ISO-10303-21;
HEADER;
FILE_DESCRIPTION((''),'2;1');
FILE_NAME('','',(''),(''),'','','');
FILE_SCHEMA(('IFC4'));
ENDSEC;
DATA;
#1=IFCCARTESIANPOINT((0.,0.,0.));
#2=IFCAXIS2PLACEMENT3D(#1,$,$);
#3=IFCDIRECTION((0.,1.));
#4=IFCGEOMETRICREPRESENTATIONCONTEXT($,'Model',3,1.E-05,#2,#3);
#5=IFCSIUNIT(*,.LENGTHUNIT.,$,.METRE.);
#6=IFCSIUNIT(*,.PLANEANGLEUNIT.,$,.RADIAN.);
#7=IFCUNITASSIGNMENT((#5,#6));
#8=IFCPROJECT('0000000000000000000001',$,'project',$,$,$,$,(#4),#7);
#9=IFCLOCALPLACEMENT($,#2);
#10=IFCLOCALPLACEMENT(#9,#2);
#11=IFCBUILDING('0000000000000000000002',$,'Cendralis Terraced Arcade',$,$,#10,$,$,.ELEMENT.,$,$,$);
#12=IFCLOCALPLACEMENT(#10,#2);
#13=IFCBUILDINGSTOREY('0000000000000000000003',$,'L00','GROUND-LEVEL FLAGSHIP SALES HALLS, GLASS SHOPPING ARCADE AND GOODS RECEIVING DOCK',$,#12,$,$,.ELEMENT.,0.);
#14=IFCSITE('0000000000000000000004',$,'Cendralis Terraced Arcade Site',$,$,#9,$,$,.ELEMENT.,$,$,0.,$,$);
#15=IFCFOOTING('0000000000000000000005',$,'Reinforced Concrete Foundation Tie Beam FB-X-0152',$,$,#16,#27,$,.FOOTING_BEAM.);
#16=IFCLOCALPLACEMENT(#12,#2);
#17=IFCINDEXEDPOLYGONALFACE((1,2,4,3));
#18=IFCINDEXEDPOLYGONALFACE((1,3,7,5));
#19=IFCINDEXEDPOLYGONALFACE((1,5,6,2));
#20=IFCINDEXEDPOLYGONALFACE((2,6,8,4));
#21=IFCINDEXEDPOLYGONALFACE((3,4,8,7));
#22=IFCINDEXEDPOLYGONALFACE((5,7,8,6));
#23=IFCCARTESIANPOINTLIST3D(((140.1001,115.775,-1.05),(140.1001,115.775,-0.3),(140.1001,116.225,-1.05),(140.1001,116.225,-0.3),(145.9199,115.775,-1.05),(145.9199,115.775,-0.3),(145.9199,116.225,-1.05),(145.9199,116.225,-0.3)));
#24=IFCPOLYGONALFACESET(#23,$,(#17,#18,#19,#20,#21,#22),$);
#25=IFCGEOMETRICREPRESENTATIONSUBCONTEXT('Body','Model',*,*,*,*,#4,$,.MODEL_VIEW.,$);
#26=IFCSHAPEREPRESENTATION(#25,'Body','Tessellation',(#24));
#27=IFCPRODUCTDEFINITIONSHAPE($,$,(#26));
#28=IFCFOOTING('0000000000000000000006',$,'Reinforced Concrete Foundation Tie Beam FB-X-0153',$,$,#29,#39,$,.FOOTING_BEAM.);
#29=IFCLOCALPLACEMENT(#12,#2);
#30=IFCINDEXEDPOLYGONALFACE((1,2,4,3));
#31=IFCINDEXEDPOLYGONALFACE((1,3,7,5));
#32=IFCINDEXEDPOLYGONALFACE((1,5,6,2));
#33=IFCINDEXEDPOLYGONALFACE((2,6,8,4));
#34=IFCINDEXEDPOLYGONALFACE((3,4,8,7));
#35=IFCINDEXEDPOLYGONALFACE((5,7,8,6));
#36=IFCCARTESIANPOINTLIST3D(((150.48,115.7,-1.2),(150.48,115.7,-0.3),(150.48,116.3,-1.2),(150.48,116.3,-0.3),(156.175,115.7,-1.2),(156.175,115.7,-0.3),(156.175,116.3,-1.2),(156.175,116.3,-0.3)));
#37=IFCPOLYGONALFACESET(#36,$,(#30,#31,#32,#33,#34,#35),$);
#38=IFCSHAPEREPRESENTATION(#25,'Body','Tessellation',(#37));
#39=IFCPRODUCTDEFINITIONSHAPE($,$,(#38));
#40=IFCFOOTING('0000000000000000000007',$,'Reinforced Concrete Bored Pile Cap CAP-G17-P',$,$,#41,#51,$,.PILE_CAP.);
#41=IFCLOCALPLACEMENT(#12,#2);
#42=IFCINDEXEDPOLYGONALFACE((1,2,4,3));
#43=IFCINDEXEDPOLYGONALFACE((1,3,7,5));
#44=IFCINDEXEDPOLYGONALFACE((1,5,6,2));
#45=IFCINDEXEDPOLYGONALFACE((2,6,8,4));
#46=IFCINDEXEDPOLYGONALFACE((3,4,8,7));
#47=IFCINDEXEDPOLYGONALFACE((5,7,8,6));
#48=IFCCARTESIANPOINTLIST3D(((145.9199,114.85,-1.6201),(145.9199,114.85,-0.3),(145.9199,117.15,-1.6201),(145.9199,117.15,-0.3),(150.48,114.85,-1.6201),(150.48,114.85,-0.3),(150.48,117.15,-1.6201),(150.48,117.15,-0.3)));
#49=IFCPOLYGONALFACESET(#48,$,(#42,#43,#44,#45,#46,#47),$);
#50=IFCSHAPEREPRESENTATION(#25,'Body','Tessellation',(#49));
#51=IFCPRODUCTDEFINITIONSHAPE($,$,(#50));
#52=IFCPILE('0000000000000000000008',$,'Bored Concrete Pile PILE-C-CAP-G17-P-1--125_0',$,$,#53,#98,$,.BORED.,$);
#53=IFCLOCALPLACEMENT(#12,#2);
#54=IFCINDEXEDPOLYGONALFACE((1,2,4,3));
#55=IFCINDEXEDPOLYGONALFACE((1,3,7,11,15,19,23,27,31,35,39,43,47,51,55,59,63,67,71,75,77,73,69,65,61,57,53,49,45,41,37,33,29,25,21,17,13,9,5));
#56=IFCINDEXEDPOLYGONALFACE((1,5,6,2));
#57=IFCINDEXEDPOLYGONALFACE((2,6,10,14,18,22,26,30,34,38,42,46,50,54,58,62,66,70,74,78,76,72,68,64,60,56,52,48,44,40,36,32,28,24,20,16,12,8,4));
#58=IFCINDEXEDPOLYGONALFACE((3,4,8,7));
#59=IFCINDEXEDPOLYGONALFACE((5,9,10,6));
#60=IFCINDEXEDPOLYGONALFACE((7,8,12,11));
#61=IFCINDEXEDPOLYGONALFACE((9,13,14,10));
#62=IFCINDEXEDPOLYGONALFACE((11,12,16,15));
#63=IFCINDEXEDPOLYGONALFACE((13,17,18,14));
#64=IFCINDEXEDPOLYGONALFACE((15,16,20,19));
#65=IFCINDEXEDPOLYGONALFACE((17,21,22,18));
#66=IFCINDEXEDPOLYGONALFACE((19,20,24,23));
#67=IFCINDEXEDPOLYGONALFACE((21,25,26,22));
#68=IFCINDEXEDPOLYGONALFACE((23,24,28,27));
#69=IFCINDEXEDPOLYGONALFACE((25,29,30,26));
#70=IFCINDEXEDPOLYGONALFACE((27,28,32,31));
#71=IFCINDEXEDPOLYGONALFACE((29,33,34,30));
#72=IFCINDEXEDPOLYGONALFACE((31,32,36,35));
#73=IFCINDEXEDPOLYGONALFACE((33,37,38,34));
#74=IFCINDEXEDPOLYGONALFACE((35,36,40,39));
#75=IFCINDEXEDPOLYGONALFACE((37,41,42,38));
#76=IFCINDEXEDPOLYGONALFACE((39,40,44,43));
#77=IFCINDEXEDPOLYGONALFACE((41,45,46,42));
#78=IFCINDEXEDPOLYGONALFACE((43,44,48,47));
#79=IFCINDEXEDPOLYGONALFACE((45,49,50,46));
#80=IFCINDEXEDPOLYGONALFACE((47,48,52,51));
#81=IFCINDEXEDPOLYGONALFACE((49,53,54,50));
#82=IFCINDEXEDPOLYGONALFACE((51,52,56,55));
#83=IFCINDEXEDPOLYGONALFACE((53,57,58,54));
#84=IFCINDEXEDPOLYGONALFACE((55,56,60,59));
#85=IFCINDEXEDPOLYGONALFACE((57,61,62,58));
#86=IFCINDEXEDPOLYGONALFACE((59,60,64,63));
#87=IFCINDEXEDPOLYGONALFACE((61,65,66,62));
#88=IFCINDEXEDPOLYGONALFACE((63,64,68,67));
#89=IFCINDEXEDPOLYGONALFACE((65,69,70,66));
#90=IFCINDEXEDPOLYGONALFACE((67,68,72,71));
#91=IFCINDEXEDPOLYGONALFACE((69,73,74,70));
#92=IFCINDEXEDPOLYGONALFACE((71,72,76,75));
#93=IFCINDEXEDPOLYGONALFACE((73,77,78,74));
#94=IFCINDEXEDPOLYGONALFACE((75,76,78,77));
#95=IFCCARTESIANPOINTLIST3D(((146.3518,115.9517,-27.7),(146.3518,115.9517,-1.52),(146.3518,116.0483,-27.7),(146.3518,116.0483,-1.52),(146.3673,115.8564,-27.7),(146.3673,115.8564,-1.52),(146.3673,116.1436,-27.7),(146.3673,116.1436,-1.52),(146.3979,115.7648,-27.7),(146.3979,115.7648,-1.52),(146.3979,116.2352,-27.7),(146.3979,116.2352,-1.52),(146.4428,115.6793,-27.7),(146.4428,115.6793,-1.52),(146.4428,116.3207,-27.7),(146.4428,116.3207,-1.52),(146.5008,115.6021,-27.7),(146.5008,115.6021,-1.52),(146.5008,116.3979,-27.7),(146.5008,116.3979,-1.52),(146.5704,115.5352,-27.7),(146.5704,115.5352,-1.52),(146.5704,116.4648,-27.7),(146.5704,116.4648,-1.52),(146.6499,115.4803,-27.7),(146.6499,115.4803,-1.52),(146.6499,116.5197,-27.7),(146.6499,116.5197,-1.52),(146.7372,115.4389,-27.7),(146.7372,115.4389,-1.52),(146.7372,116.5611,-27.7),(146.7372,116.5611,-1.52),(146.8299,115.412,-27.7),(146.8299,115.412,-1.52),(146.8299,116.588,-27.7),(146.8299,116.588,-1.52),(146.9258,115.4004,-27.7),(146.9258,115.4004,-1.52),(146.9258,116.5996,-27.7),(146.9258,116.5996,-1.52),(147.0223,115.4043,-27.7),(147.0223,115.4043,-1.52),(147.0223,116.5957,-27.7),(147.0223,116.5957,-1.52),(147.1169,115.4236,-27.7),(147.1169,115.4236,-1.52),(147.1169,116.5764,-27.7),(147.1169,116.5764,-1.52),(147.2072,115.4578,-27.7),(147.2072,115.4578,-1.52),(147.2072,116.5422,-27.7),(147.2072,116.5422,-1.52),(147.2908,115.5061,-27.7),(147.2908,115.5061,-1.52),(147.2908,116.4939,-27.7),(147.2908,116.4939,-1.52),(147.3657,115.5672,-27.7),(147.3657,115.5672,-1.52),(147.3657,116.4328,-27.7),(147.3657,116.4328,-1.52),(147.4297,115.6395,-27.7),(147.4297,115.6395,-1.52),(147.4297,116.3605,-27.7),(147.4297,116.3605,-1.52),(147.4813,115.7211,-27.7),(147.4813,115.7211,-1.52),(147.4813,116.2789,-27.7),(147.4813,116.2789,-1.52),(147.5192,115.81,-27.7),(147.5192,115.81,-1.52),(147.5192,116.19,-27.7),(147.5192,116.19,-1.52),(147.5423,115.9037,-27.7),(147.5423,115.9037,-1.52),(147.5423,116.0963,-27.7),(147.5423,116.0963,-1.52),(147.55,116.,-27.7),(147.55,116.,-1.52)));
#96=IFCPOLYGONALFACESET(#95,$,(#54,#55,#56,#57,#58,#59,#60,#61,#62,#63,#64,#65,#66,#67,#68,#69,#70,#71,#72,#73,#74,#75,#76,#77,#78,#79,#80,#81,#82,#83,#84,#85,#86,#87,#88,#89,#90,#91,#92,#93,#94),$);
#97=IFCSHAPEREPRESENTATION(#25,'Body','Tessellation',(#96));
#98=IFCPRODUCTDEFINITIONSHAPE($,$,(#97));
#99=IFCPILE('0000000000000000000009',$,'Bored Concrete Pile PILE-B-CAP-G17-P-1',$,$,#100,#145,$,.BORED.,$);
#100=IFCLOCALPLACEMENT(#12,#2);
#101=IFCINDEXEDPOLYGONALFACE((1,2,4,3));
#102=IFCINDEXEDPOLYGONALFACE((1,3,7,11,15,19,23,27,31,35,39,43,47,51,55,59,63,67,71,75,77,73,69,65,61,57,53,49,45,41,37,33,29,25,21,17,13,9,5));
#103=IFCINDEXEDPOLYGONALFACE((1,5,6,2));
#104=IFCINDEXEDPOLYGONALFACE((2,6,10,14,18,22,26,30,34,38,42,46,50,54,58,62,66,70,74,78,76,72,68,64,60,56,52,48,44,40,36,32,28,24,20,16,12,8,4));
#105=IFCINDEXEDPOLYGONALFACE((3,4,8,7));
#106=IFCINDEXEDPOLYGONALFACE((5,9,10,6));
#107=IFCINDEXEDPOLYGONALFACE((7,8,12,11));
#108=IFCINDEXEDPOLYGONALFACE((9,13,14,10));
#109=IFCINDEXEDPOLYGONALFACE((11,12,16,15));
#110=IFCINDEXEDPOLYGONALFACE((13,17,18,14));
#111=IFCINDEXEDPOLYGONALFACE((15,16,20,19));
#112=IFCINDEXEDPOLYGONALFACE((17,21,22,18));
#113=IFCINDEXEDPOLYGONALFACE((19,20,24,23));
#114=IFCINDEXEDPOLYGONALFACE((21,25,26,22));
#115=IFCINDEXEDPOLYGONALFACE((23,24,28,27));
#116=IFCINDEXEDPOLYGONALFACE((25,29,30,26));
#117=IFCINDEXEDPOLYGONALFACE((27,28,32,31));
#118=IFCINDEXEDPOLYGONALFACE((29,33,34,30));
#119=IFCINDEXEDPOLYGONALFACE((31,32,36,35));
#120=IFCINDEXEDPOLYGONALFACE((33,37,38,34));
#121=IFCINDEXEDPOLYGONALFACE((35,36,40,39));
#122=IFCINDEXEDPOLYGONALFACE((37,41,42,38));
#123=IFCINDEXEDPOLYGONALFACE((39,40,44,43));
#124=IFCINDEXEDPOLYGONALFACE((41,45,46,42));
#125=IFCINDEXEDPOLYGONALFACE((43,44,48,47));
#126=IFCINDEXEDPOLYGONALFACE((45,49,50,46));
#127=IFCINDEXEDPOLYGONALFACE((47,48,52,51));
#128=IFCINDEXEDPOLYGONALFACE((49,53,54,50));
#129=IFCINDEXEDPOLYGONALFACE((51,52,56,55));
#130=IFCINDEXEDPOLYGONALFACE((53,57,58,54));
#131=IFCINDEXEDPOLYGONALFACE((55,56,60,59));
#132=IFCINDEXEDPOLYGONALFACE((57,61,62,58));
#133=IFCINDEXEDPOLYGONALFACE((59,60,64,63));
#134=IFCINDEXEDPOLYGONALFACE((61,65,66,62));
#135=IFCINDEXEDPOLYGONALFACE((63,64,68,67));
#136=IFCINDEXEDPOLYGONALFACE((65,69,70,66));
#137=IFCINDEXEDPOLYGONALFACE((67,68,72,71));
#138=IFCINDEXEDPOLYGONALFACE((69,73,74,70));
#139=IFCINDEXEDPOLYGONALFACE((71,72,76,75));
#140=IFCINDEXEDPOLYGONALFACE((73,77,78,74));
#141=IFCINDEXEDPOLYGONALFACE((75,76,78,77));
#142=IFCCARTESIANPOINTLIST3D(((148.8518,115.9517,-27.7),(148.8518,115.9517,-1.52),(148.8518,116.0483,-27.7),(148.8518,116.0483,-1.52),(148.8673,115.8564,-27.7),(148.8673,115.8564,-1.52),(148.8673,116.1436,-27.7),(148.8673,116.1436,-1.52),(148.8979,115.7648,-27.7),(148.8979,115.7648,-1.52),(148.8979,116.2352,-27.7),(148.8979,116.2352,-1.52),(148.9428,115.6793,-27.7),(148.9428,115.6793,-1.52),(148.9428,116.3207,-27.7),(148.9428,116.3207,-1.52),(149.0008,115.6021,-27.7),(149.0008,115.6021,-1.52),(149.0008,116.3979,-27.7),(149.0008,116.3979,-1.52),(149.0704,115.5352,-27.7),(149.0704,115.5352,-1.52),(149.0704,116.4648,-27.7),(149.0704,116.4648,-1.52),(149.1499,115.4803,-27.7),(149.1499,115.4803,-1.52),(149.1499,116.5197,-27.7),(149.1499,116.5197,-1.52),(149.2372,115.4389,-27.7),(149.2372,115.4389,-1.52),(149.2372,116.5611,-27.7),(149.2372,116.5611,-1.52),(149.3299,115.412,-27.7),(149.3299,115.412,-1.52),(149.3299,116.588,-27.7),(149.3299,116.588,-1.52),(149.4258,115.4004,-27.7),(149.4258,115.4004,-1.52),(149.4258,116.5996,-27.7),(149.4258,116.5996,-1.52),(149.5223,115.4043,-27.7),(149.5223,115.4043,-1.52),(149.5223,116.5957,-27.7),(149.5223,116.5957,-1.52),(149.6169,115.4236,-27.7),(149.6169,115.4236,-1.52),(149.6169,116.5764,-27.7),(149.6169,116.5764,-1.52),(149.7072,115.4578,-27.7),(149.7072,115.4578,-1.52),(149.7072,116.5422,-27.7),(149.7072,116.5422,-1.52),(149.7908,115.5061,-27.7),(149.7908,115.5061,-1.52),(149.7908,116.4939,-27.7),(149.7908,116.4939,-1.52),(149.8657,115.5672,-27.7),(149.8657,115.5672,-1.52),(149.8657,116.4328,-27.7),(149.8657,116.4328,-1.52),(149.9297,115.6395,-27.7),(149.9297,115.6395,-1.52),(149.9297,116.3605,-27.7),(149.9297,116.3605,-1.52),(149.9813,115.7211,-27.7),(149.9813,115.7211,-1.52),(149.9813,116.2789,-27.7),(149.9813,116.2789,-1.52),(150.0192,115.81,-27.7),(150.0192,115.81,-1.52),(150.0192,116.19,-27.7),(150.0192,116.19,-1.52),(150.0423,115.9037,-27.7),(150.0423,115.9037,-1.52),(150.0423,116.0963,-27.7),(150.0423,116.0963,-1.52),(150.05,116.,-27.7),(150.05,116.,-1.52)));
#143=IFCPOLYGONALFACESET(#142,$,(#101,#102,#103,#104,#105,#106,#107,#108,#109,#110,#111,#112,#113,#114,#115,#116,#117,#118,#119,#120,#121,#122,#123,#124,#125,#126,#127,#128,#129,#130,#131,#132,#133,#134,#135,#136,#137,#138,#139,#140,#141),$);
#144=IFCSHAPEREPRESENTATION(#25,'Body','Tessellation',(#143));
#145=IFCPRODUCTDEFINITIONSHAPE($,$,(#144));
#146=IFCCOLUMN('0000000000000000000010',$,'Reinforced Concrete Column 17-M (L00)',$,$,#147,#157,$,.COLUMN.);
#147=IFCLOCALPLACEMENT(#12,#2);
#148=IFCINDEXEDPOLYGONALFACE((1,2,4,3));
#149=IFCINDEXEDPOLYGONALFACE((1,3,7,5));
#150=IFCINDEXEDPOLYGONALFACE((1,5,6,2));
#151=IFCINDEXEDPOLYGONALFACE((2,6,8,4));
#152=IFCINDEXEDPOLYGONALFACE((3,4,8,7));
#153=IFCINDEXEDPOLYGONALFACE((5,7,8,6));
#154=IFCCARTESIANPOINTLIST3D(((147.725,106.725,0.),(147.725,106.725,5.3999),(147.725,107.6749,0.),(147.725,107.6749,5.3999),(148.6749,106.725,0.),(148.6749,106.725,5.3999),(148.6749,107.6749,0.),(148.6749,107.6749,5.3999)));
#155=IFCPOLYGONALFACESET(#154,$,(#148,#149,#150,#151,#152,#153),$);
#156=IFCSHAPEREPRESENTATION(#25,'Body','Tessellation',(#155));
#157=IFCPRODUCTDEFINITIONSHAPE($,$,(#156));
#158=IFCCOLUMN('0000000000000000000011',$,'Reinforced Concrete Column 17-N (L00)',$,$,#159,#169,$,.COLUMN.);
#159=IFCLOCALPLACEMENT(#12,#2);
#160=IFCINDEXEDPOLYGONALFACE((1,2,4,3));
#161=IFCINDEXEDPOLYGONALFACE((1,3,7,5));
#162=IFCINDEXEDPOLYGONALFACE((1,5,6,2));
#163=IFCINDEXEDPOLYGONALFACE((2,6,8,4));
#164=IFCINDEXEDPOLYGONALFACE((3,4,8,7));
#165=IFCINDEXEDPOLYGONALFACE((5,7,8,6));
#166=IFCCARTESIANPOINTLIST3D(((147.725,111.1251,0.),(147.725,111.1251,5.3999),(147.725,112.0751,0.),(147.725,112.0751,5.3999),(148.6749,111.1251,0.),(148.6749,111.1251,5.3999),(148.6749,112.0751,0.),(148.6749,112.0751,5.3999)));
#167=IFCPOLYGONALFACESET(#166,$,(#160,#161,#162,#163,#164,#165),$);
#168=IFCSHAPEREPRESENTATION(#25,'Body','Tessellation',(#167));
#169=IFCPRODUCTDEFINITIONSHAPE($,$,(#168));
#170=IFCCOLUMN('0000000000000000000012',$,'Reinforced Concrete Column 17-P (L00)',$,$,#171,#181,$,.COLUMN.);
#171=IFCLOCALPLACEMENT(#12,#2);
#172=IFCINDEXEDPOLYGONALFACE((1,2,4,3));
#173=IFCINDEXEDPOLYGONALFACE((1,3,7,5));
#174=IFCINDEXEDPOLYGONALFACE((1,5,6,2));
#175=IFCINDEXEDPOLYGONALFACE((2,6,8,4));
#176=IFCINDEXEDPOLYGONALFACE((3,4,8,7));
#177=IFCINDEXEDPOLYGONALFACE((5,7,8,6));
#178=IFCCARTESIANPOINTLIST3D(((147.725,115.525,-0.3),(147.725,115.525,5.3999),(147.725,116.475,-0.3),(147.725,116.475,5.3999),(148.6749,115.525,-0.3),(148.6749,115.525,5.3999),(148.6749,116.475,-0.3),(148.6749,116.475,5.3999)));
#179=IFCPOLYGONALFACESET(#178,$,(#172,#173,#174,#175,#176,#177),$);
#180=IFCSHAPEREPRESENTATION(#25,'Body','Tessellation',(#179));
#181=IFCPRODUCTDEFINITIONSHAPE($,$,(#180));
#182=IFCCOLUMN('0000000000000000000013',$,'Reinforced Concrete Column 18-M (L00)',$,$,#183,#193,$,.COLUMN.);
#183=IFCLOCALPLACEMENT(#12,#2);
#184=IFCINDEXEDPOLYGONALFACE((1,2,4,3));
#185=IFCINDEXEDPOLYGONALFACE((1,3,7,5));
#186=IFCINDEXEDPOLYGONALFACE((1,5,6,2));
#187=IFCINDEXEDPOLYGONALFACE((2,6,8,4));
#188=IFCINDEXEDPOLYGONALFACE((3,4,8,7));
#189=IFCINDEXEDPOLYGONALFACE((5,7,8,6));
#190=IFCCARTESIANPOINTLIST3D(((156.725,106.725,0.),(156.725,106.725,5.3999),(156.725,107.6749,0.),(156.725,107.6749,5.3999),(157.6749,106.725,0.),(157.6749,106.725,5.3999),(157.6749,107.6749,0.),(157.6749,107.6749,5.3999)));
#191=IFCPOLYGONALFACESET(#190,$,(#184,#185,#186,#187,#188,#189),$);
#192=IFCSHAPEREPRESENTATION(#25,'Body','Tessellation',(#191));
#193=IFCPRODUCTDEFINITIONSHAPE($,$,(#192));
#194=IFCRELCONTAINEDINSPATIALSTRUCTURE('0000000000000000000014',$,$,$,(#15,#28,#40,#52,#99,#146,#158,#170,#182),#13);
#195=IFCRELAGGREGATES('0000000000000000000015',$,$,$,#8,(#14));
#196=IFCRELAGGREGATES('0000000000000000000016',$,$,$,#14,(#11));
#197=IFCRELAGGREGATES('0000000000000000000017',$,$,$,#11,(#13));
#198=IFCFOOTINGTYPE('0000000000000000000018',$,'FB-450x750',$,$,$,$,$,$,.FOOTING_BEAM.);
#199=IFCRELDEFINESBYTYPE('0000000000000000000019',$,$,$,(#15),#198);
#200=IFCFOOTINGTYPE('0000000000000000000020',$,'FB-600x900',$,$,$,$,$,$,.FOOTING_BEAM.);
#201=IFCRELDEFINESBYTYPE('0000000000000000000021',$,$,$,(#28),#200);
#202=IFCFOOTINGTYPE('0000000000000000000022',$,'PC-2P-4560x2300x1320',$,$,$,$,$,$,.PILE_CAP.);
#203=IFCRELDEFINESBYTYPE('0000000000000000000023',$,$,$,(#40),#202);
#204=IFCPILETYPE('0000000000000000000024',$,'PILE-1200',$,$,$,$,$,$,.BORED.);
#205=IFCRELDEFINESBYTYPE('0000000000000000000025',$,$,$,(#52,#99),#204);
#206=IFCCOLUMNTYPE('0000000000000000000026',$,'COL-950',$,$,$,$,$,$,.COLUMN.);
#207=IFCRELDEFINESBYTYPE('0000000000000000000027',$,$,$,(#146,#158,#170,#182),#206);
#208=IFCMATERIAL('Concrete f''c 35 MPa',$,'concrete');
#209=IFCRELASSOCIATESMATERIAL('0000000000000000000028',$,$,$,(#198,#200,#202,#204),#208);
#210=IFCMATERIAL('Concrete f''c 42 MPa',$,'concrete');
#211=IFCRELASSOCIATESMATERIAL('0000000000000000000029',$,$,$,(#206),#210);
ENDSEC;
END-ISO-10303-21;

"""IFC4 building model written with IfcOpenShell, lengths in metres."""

from ifc_helpers import new_model, si_unit, direction, frame, origin, origin_2d, place, context, subcontext, project, spatial, rectangle, circle, extrude, material, material_profile, profile_set, type_object, element, save


model = new_model("IFC4")

# Units and contexts
model_context = context("Model", 3, precision=1e-05, world=origin(), true_north=direction((0.0, 1.0)))
body_context = subcontext(model_context, "Body", "Model", "MODEL_VIEW")
ifc_project = project(units=[si_unit("LENGTHUNIT", "METRE"), si_unit("PLANEANGLEUNIT", "RADIAN")], contexts=[model_context])

# Site, building, storey
site_placement = place(None, origin())
site = spatial("IfcSite", under=ifc_project, at=site_placement, Name="Cendralis Terraced Arcade Site", CompositionType="ELEMENT", RefElevation=0.0)
building_placement = place(site_placement, origin())
building = spatial("IfcBuilding", under=site, at=building_placement, Name="Cendralis Terraced Arcade", CompositionType="ELEMENT")
storey_placement = place(building_placement, origin())
storey = spatial("IfcBuildingStorey", under=building, at=storey_placement, Name="L00", Description="GROUND-LEVEL FLAGSHIP SALES HALLS, GLASS SHOPPING ARCADE AND GOODS RECEIVING DOCK", CompositionType="ELEMENT", Elevation=0.0)

# Footings
ifc_material_1 = material(Name="Concrete f'c 35 MPa", Category="concrete")
ifc_material_profile_1 = material_profile(ifc_material_1, rectangle(XDim=0.45, YDim=0.75, at=origin_2d()), Name="FB-450x750", Category="LoadBearing")
ifc_profile_set_1 = profile_set([ifc_material_profile_1], Name="Concrete f'c 35 MPa")
footing_type_1 = type_object("IfcFootingType", Name="FB-450x750", PredefinedType="FOOTING_BEAM", material=ifc_profile_set_1)
footing_1_placement = place(storey_placement, frame((140.1001, 116.0, -0.675), z_axis=(1.0, 0.0, 0.0), x_axis=(0.0, 1.0, 0.0)))
element("IfcFooting", 1, at=footing_1_placement, inside=storey, type_object=footing_type_1, Name="Reinforced Concrete Foundation Tie Beam FB-X-0152", PredefinedType="FOOTING_BEAM", context=body_context, shape_type="SweptSolid", body=[
    extrude(rectangle(XDim=0.45, YDim=0.75, at=origin_2d()), origin(), (0.0, 0.0, 1.0), 5.8198),
])
ifc_material_profile_2 = material_profile(ifc_material_1, rectangle(XDim=0.6001, YDim=0.8999, at=origin_2d()), Name="FB-600x900", Category="LoadBearing")
ifc_profile_set_2 = profile_set([ifc_material_profile_2], Name="Concrete f'c 35 MPa")
footing_type_2 = type_object("IfcFootingType", Name="FB-600x900", PredefinedType="FOOTING_BEAM", material=ifc_profile_set_2)
footing_2_placement = place(storey_placement, frame((150.48, 116.0, -0.75), z_axis=(1.0, 0.0, 0.0), x_axis=(0.0, 1.0, 0.0)))
element("IfcFooting", 2, at=footing_2_placement, inside=storey, type_object=footing_type_2, Name="Reinforced Concrete Foundation Tie Beam FB-X-0153", PredefinedType="FOOTING_BEAM", context=body_context, shape_type="SweptSolid", body=[
    extrude(rectangle(XDim=0.6001, YDim=0.8999, at=origin_2d()), origin(), (0.0, 0.0, 1.0), 5.6951),
])
footing_type_3 = type_object("IfcFootingType", Name="PC-2P-4560x2300x1320", PredefinedType="PILE_CAP", material=ifc_material_1)
footing_3_placement = place(storey_placement, frame((148.2, 116.0, -1.6201), z_axis=(0.0, 0.0, 1.0), x_axis=(1.0, 0.0, 0.0)))
element("IfcFooting", 3, at=footing_3_placement, inside=storey, type_object=footing_type_3, Name="Reinforced Concrete Bored Pile Cap CAP-G17-P", PredefinedType="PILE_CAP", context=body_context, shape_type="SweptSolid", body=[
    extrude(rectangle(XDim=4.5601, YDim=2.3, at=origin_2d()), origin(), (0.0, 0.0, 1.0), 1.3201),
])

# Piles
ifc_material_profile_3 = material_profile(ifc_material_1, circle(Radius=0.6001, at=origin_2d()), Name="PILE-D1200", Category="LoadBearing")
ifc_profile_set_3 = profile_set([ifc_material_profile_3], Name="Concrete f'c 35 MPa")
pile_type = type_object("IfcPileType", Name="PILE-1200", PredefinedType="BORED", material=ifc_profile_set_3)
for number, where, z_axis, x_axis, name in (
    (4, (146.95, 116.0, -1.52), (0.0, 0.0, -1.0), (1.0, 0.0, 0.0), "Bored Concrete Pile PILE-C-CAP-G17-P-1--125_0"),
    (5, (149.45, 116.0, -1.52), (0.0, 0.0, -1.0), (1.0, 0.0, 0.0), "Bored Concrete Pile PILE-B-CAP-G17-P-1"),
):
    element("IfcPile", number, at=place(storey_placement, frame(where, z_axis=z_axis, x_axis=x_axis)), inside=storey, type_object=pile_type, Name=name, PredefinedType="BORED", context=body_context, shape_type="SweptSolid", body=[
        extrude(circle(Radius=0.6001, at=origin_2d()), origin(), (0.0, 0.0, 1.0), 26.1799),
    ])

# Columns
ifc_material_2 = material(Name="Concrete f'c 42 MPa", Category="concrete")
ifc_material_profile_4 = material_profile(ifc_material_2, rectangle(XDim=0.95, YDim=0.95, at=origin_2d()), Name="RC-COL-950x950", Category="LoadBearing")
ifc_profile_set_4 = profile_set([ifc_material_profile_4], Name="Concrete f'c 42 MPa")
column_type = type_object("IfcColumnType", Name="COL-950", PredefinedType="COLUMN", material=ifc_profile_set_4)
for number, where, z_axis, x_axis, name in (
    (6, (148.2, 107.2, 0.0), (0.0, 0.0, 1.0), (1.0, 0.0, 0.0), "Reinforced Concrete Column 17-M (L00)"),
    (7, (148.2, 111.6001, 0.0), (0.0, 0.0, 1.0), (1.0, 0.0, 0.0), "Reinforced Concrete Column 17-N (L00)"),
):
    element("IfcColumn", number, at=place(storey_placement, frame(where, z_axis=z_axis, x_axis=x_axis)), inside=storey, type_object=column_type, Name=name, PredefinedType="COLUMN", context=body_context, shape_type="SweptSolid", body=[
        extrude(rectangle(XDim=0.95, YDim=0.95, at=origin_2d()), origin(), (0.0, 0.0, 1.0), 5.3999),
    ])
column_placement = place(storey_placement, frame((148.2, 116.0, -0.3), z_axis=(0.0, 0.0, 1.0), x_axis=(1.0, 0.0, 0.0)))
element("IfcColumn", 8, at=column_placement, inside=storey, type_object=column_type, Name="Reinforced Concrete Column 17-P (L00)", PredefinedType="COLUMN", context=body_context, shape_type="SweptSolid", body=[
    extrude(rectangle(XDim=0.95, YDim=0.95, at=origin_2d()), origin(), (0.0, 0.0, 1.0), 5.7),
])
for number, where, z_axis, x_axis, name in (
    (9, (157.2, 107.2, 0.0), (0.0, 0.0, 1.0), (1.0, 0.0, 0.0), "Reinforced Concrete Column 18-M (L00)"),
):
    element("IfcColumn", number, at=place(storey_placement, frame(where, z_axis=z_axis, x_axis=x_axis)), inside=storey, type_object=column_type, Name=name, PredefinedType="COLUMN", context=body_context, shape_type="SweptSolid", body=[
        extrude(rectangle(XDim=0.95, YDim=0.95, at=origin_2d()), origin(), (0.0, 0.0, 1.0), 5.3999),
    ])

save(model, "model.ifc")
